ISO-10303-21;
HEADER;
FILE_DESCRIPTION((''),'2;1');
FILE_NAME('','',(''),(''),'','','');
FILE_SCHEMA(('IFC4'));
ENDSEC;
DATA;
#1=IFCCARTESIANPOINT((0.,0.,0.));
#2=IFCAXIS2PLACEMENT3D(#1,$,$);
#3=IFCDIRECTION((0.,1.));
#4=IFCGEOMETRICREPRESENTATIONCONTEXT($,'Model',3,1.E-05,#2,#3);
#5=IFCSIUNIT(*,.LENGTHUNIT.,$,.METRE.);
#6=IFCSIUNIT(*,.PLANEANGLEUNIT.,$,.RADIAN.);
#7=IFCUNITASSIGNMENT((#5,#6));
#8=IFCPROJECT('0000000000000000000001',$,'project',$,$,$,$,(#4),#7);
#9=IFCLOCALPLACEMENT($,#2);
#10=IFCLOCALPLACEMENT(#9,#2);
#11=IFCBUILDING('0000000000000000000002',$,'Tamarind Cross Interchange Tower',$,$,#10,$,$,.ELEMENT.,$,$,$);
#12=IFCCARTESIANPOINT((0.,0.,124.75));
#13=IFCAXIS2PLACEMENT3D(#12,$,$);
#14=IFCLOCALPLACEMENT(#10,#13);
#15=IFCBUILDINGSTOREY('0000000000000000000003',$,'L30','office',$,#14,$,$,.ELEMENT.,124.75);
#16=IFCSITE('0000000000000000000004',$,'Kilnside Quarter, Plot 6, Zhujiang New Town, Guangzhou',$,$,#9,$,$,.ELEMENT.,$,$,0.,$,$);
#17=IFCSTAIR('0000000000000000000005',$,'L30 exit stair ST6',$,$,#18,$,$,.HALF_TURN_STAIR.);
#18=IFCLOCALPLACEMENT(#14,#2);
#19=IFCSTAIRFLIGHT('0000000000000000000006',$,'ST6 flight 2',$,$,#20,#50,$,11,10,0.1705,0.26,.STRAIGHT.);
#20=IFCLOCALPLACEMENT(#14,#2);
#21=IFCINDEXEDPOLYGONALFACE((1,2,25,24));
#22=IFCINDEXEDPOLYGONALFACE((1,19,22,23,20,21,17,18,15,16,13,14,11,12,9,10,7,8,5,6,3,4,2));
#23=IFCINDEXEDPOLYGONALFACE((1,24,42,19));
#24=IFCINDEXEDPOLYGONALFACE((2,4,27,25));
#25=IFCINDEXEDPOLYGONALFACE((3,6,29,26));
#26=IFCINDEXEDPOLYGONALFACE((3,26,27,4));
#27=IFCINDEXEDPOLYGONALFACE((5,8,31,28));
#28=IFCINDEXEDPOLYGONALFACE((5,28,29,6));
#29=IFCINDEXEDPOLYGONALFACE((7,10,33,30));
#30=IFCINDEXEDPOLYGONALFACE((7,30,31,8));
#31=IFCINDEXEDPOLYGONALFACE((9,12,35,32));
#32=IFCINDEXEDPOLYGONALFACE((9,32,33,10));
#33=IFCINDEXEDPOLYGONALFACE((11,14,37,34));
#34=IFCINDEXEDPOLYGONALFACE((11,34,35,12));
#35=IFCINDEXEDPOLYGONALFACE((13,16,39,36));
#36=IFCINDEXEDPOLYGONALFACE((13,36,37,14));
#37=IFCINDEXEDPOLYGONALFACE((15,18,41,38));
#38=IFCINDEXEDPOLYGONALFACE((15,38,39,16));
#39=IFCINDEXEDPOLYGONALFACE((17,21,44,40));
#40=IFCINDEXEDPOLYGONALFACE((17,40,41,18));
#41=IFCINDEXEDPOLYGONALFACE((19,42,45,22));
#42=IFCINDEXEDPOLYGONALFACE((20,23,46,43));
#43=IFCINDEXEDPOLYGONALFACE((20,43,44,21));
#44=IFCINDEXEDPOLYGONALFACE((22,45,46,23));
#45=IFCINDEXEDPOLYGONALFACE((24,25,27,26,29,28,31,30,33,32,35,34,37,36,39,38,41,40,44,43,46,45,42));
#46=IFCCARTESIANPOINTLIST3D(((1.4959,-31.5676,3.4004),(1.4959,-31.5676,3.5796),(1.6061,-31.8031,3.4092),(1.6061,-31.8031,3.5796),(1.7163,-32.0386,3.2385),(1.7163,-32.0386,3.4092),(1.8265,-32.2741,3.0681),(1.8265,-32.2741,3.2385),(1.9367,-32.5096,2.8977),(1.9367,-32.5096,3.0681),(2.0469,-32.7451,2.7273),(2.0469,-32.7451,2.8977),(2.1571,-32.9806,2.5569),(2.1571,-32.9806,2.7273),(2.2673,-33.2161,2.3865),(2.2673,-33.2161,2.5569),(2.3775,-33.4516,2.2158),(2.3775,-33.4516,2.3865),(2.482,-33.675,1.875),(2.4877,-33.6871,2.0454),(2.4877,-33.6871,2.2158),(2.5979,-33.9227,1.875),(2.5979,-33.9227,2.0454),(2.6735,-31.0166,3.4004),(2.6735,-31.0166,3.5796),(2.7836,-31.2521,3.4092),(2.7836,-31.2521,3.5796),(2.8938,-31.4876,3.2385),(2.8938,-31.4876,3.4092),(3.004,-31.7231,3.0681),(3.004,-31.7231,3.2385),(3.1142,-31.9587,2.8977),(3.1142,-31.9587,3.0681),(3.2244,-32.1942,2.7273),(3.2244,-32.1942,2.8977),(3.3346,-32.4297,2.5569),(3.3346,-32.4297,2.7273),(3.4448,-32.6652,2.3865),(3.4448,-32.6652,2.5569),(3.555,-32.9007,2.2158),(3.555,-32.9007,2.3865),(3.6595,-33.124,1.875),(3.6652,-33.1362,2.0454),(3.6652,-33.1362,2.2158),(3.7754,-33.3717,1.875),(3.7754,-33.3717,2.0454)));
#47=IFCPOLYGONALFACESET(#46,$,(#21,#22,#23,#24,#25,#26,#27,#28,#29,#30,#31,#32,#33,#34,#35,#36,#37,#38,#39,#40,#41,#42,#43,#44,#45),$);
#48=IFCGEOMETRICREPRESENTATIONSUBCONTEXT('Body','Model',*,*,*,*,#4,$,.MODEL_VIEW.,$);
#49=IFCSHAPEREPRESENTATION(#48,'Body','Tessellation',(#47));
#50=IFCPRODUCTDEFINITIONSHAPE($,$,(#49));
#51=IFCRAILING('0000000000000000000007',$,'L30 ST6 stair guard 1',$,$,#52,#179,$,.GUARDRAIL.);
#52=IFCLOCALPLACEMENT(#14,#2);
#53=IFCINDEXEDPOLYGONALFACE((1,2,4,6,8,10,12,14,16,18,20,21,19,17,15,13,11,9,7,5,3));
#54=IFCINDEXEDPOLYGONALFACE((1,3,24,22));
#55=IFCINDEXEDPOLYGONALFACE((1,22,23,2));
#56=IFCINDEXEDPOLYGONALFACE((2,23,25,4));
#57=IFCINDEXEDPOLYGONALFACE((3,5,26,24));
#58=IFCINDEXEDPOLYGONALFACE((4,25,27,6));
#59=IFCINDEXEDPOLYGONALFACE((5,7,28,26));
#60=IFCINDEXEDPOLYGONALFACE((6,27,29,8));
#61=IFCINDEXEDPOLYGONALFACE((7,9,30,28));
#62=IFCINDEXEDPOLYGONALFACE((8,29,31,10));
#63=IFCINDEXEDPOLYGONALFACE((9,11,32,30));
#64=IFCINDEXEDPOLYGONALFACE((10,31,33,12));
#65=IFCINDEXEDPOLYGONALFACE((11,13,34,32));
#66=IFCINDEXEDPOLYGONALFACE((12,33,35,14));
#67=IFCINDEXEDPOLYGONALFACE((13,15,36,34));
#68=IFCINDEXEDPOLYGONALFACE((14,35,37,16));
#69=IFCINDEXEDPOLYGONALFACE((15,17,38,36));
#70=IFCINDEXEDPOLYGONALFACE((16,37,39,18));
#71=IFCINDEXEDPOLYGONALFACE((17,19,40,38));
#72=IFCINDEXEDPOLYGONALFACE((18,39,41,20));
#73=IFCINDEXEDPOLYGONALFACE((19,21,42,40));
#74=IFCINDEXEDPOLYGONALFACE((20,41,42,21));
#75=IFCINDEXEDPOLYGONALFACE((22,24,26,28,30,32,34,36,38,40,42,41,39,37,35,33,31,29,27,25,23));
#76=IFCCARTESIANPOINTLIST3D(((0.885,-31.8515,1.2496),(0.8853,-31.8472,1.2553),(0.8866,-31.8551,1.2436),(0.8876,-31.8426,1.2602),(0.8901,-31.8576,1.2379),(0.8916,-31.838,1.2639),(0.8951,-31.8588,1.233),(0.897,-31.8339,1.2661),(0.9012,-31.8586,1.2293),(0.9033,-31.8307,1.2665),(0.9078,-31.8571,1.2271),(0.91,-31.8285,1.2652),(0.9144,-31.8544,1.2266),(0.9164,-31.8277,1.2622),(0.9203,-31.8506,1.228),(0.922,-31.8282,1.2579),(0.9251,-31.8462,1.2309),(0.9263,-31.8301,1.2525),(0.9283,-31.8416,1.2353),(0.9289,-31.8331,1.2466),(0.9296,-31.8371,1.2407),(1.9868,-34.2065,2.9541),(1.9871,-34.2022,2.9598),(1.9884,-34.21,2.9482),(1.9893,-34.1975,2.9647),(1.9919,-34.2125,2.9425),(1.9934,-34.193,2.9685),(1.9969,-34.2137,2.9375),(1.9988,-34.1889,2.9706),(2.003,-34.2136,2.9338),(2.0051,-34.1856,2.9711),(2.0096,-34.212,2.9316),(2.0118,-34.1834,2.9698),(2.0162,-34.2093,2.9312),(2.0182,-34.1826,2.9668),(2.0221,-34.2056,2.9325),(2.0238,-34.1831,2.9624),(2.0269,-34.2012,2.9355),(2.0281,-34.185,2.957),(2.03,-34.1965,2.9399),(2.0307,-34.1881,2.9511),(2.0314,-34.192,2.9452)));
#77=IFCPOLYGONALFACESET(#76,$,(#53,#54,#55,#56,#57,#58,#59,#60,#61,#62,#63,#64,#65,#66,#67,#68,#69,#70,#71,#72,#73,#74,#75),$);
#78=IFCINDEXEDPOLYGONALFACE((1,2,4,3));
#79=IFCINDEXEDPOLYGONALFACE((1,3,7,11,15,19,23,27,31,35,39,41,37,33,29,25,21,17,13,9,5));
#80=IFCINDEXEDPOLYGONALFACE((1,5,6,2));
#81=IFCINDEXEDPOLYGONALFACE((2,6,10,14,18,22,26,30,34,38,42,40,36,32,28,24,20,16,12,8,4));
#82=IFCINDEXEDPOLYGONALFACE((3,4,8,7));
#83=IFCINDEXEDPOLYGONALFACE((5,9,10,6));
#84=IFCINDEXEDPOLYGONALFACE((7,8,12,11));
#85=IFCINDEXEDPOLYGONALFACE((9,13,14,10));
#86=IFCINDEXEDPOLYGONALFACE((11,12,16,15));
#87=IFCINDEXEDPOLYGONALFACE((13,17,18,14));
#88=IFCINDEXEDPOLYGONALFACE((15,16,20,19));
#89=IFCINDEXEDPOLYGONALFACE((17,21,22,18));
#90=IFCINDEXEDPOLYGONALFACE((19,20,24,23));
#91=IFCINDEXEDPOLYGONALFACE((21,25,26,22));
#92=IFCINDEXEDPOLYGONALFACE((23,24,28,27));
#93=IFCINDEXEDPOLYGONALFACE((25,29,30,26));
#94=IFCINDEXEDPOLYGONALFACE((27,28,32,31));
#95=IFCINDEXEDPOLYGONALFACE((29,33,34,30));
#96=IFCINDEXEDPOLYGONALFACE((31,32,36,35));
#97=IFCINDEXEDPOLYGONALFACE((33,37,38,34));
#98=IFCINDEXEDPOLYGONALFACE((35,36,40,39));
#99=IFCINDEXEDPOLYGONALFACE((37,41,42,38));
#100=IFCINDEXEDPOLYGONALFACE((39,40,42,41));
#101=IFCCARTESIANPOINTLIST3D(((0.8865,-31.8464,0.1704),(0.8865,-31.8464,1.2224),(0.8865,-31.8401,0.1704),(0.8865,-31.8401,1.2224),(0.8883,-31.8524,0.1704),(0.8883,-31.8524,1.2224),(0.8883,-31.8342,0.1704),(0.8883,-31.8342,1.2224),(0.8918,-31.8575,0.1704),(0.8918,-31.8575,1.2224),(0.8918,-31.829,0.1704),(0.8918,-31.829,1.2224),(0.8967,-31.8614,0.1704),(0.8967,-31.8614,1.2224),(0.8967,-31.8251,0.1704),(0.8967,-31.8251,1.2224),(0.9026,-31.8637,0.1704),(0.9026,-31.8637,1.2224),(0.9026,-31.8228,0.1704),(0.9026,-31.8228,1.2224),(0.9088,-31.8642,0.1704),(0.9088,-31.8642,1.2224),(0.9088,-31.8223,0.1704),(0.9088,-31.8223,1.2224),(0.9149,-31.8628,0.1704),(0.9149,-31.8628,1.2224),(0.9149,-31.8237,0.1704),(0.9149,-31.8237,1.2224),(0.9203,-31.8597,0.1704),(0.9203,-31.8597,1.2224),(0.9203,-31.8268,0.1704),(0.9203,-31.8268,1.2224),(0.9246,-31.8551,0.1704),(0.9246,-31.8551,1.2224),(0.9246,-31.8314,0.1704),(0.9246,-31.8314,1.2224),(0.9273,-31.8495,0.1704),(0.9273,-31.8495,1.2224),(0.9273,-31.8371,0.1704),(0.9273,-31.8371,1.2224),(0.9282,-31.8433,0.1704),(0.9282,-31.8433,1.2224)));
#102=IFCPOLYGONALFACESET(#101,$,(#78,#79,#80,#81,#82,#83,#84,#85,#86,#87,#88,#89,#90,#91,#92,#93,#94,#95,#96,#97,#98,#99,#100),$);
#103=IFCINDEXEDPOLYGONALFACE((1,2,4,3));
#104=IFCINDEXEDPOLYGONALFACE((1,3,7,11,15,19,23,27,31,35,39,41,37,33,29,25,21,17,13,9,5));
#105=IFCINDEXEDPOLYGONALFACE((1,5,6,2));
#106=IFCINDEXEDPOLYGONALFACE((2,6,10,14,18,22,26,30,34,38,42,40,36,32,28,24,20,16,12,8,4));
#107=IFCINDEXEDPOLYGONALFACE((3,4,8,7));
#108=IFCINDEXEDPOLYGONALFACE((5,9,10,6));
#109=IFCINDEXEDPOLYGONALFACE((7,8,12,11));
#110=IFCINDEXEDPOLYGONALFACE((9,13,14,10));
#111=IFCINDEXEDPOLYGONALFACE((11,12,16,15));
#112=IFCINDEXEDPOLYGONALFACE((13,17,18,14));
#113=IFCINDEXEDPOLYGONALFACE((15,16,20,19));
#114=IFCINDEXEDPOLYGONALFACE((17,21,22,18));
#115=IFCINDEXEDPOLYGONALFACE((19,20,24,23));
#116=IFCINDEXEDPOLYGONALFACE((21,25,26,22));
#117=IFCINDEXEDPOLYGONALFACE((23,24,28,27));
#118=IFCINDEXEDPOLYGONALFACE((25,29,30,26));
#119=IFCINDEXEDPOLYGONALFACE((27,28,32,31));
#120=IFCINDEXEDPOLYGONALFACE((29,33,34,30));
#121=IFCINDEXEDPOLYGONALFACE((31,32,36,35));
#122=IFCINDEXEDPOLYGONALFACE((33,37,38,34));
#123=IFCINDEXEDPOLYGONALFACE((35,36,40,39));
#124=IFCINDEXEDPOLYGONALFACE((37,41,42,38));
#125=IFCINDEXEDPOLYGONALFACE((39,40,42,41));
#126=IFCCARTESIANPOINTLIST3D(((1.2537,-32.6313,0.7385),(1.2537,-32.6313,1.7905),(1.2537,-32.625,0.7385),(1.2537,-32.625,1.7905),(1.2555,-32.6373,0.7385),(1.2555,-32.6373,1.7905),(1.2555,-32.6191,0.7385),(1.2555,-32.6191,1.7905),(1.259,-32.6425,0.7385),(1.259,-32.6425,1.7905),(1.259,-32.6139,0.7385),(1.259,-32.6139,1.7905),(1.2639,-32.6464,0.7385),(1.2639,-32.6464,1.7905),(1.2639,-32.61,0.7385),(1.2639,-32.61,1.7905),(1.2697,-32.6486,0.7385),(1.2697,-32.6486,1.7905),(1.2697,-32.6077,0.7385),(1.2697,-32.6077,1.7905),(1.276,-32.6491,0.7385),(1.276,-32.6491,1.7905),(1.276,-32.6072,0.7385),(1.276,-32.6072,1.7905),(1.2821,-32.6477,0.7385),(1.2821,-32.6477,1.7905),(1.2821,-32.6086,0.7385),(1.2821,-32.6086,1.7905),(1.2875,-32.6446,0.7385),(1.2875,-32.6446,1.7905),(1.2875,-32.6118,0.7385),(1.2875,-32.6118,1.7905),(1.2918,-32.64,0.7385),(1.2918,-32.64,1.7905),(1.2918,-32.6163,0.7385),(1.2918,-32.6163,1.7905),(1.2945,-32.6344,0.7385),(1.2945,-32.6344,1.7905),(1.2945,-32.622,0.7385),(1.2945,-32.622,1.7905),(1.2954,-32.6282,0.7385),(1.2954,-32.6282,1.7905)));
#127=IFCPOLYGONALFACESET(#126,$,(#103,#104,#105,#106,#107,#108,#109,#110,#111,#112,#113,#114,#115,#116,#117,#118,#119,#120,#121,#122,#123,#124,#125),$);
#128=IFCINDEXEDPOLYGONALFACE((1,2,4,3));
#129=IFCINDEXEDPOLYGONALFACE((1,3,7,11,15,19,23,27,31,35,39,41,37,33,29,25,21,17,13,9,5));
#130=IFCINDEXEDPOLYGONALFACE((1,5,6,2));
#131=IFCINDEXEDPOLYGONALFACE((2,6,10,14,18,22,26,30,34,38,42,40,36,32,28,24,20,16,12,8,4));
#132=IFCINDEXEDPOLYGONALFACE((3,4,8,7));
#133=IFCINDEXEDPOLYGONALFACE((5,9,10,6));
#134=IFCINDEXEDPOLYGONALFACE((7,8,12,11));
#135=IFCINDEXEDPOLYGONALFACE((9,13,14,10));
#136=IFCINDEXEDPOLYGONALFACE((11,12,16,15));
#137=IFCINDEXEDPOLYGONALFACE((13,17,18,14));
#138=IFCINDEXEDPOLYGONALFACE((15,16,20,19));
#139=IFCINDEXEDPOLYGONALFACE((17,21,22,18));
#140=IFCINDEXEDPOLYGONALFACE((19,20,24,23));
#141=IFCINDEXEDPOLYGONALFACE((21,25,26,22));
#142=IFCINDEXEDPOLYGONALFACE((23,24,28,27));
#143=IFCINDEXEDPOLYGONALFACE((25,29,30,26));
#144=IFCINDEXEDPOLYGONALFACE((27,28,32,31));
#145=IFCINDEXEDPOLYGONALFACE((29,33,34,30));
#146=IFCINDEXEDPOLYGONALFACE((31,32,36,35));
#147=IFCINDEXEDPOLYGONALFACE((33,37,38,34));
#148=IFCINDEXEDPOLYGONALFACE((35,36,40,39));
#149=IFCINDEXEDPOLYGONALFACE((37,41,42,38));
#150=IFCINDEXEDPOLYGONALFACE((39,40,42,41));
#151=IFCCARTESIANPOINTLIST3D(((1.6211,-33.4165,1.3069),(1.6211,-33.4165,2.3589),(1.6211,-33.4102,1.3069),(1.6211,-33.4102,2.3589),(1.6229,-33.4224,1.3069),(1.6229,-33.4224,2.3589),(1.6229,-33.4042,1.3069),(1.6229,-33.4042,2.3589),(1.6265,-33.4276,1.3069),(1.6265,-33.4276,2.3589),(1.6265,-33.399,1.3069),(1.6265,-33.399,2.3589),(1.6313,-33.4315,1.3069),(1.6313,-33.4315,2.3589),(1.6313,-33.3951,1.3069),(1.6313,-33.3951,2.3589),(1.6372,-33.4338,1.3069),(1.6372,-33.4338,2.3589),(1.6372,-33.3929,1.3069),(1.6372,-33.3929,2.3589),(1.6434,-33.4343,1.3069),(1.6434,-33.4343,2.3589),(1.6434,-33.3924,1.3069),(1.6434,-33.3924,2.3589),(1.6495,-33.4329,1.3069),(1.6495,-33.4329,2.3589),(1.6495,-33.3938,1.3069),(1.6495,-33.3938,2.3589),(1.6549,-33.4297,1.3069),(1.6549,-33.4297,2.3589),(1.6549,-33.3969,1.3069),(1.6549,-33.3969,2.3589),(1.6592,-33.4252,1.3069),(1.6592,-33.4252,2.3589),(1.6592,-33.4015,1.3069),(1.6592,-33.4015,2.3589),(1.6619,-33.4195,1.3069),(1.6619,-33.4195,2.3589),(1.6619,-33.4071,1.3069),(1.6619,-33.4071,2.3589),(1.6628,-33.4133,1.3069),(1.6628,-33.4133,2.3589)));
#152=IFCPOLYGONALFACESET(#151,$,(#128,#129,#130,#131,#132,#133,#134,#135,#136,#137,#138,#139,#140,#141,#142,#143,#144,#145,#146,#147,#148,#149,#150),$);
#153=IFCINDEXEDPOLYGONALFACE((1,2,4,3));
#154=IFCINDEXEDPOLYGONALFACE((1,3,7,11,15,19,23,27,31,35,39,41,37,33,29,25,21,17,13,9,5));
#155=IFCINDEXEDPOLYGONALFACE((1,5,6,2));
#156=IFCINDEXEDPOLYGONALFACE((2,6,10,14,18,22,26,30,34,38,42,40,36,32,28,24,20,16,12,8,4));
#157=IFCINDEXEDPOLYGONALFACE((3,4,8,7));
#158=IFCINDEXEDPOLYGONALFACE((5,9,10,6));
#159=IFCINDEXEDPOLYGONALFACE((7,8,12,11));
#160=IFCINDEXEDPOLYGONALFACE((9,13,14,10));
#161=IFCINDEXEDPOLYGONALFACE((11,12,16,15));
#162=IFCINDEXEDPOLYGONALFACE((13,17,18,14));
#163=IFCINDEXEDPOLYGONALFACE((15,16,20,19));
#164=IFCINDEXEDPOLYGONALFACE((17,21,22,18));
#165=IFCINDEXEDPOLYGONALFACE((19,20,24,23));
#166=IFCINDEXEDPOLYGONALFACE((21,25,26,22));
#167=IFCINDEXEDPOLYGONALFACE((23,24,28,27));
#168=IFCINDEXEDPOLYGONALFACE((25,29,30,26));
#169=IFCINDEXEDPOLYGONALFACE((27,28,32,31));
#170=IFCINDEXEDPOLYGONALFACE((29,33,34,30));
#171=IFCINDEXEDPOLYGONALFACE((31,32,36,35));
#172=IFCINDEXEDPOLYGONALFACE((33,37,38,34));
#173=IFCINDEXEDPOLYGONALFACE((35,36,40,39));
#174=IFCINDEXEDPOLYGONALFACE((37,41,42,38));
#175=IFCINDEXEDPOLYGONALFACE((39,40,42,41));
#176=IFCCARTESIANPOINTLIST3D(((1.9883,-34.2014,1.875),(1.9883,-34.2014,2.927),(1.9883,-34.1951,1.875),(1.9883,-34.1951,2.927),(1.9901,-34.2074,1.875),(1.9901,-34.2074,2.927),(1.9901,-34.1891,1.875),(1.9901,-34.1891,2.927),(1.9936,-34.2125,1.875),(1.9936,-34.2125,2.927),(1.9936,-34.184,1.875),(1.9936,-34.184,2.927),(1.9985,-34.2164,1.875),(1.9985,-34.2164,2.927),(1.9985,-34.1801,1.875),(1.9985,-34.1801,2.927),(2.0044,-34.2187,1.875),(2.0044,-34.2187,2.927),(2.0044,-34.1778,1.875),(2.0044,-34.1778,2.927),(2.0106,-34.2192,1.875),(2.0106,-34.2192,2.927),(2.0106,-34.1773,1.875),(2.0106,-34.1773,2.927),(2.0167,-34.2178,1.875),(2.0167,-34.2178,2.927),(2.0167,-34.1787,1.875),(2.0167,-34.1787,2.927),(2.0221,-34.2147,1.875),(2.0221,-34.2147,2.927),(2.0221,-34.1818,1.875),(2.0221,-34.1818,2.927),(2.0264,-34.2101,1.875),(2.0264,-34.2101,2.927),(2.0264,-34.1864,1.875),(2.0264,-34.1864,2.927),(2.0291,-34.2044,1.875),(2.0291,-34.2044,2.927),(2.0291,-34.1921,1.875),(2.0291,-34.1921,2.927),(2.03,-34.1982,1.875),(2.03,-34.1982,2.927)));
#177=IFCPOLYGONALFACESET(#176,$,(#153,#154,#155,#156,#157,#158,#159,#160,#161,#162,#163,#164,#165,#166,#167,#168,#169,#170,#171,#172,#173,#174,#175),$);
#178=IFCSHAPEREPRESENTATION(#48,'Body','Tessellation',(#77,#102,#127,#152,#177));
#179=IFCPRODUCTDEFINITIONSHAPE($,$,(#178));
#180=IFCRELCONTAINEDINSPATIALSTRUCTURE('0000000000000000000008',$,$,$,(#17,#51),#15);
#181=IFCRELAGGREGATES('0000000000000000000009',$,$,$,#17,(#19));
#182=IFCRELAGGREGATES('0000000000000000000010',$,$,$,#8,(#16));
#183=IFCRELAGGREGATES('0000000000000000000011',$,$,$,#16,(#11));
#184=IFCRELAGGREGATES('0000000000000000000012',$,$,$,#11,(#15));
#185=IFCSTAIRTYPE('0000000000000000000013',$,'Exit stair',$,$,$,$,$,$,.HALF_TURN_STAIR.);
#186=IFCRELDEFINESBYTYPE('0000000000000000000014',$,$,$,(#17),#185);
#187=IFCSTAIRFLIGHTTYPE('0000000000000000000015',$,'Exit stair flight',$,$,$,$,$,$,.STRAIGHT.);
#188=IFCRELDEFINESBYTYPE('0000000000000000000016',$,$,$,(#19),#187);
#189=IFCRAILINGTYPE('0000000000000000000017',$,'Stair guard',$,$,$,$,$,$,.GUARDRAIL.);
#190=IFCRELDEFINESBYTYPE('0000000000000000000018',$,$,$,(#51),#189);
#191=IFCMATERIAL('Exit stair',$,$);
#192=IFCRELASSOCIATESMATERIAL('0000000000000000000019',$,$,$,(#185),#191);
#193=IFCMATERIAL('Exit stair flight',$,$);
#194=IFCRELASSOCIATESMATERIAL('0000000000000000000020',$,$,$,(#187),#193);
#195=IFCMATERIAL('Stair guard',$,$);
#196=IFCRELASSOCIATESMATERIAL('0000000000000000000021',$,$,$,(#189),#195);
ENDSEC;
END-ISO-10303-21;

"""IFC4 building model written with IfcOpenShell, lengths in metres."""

from ifc_helpers import new_model, si_unit, direction, frame, origin, origin_2d, place, context, subcontext, project, spatial, polyline, circle, outline, extrude, material, type_object, element, aggregate, save


model = new_model("IFC4")

# Units and contexts
model_context = context("Model", 3, precision=1e-05, world=origin(), true_north=direction((0.0, 1.0)))
body_context = subcontext(model_context, "Body", "Model", "MODEL_VIEW")
ifc_project = project(units=[si_unit("LENGTHUNIT", "METRE"), si_unit("PLANEANGLEUNIT", "RADIAN")], contexts=[model_context])

# Site, building, storey
site_placement = place(None, origin())
site = spatial("IfcSite", under=ifc_project, at=site_placement, Name="Kilnside Quarter, Plot 6, Zhujiang New Town, Guangzhou", CompositionType="ELEMENT", RefElevation=0.0)
building_placement = place(site_placement, origin())
building = spatial("IfcBuilding", under=site, at=building_placement, Name="Tamarind Cross Interchange Tower", CompositionType="ELEMENT")
storey_placement = place(building_placement, frame((0.0, 0.0, 124.75)))
storey = spatial("IfcBuildingStorey", under=building, at=storey_placement, Name="L30", Description="office", CompositionType="ELEMENT", Elevation=124.75)

# Stair, stair flight
ifc_material_1 = material(Name="Exit stair")
stair_type = type_object("IfcStairType", Name="Exit stair", PredefinedType="HALF_TURN_STAIR", material=ifc_material_1)
stair_placement = place(storey_placement, origin())
stair = element("IfcStair", 1, at=stair_placement, inside=storey, type_object=stair_type, Name="L30 exit stair ST6", PredefinedType="HALF_TURN_STAIR")
ifc_material_2 = material(Name="Exit stair flight")
stair_flight_type = type_object("IfcStairFlightType", Name="Exit stair flight", PredefinedType="STRAIGHT", material=ifc_material_2)
stair_flight_1_placement = place(storey_placement, frame((3.1865, -33.6472, 1.875), z_axis=(0.0, 0.0, 1.0), x_axis=(-0.423807, 0.905752, 0.0)))
stair_flight_1 = element("IfcStairFlight", 2, at=stair_flight_1_placement, type_object=stair_flight_type, Name="ST6 flight 2", NumberOfRisers=11, NumberOfTreads=10, PredefinedType="STRAIGHT", RiserHeight=0.1705, TreadLength=0.26, context=body_context, shape_type="SweptSolid", body=[
    extrude(outline(polyline([(0.0, 0.0), (0.0, 0.1704), (0.26, 0.1704), (0.26, 0.3408), (0.52, 0.3408), (0.52, 0.5115), (0.78, 0.5115), (0.78, 0.6819), (1.04, 0.6819), (1.04, 0.8523), (1.3, 0.8523), (1.3, 1.0227), (1.5601, 1.0227), (1.5601, 1.1931), (1.8201, 1.1931), (1.8201, 1.3635), (2.0801, 1.3635), (2.0801, 1.5342), (2.3401, 1.5342), (2.3401, 1.7046), (2.6001, 1.7046), (2.6001, 1.875), (2.6001, 1.5254), (0.2734, 0.0), (0.0, 0.0)])), frame((0.0, 0.6499, 0.0), z_axis=(0.0, -1.0, 0.0), x_axis=(1.0, 0.0, 0.0)), (0.0, 0.0, 1.0), 1.3),
])
aggregate(stair, [stair_flight_1])

# Railing
ifc_material_3 = material(Name="Stair guard")
railing_type_1 = type_object("IfcRailingType", Name="Stair guard", PredefinedType="GUARDRAIL", material=ifc_material_3)
railing_1_placement = place(storey_placement, frame((0.9072, -31.8433, 0.1704)))
element("IfcRailing", 3, at=railing_1_placement, inside=storey, type_object=railing_type_1, Name="L30 ST6 stair guard 1", PredefinedType="GUARDRAIL", context=body_context, shape_type="SweptSolid", body=[
    extrude(circle(Radius=0.0239, at=origin_2d()), frame((0.0, 0.0, 1.0762), z_axis=(0.354399, -0.757485, 0.548286), x_axis=(0.905768, 0.423775, 0.0)), (0.0, 0.0, 1.0), 3.1089),
    extrude(circle(Radius=0.021, at=origin_2d()), origin(), (0.0, 0.0, 1.0), 1.052),
    extrude(circle(Radius=0.021, at=origin_2d()), frame((0.3672, -0.7849, 0.5681)), (0.0, 0.0, 1.0), 1.052),
    extrude(circle(Radius=0.021, at=origin_2d()), frame((0.7346, -1.5701, 1.1365)), (0.0, 0.0, 1.0), 1.052),
    extrude(circle(Radius=0.021, at=origin_2d()), frame((1.1018, -2.355, 1.7046)), (0.0, 0.0, 1.0), 1.052),
])

save(model, "model.ifc")
